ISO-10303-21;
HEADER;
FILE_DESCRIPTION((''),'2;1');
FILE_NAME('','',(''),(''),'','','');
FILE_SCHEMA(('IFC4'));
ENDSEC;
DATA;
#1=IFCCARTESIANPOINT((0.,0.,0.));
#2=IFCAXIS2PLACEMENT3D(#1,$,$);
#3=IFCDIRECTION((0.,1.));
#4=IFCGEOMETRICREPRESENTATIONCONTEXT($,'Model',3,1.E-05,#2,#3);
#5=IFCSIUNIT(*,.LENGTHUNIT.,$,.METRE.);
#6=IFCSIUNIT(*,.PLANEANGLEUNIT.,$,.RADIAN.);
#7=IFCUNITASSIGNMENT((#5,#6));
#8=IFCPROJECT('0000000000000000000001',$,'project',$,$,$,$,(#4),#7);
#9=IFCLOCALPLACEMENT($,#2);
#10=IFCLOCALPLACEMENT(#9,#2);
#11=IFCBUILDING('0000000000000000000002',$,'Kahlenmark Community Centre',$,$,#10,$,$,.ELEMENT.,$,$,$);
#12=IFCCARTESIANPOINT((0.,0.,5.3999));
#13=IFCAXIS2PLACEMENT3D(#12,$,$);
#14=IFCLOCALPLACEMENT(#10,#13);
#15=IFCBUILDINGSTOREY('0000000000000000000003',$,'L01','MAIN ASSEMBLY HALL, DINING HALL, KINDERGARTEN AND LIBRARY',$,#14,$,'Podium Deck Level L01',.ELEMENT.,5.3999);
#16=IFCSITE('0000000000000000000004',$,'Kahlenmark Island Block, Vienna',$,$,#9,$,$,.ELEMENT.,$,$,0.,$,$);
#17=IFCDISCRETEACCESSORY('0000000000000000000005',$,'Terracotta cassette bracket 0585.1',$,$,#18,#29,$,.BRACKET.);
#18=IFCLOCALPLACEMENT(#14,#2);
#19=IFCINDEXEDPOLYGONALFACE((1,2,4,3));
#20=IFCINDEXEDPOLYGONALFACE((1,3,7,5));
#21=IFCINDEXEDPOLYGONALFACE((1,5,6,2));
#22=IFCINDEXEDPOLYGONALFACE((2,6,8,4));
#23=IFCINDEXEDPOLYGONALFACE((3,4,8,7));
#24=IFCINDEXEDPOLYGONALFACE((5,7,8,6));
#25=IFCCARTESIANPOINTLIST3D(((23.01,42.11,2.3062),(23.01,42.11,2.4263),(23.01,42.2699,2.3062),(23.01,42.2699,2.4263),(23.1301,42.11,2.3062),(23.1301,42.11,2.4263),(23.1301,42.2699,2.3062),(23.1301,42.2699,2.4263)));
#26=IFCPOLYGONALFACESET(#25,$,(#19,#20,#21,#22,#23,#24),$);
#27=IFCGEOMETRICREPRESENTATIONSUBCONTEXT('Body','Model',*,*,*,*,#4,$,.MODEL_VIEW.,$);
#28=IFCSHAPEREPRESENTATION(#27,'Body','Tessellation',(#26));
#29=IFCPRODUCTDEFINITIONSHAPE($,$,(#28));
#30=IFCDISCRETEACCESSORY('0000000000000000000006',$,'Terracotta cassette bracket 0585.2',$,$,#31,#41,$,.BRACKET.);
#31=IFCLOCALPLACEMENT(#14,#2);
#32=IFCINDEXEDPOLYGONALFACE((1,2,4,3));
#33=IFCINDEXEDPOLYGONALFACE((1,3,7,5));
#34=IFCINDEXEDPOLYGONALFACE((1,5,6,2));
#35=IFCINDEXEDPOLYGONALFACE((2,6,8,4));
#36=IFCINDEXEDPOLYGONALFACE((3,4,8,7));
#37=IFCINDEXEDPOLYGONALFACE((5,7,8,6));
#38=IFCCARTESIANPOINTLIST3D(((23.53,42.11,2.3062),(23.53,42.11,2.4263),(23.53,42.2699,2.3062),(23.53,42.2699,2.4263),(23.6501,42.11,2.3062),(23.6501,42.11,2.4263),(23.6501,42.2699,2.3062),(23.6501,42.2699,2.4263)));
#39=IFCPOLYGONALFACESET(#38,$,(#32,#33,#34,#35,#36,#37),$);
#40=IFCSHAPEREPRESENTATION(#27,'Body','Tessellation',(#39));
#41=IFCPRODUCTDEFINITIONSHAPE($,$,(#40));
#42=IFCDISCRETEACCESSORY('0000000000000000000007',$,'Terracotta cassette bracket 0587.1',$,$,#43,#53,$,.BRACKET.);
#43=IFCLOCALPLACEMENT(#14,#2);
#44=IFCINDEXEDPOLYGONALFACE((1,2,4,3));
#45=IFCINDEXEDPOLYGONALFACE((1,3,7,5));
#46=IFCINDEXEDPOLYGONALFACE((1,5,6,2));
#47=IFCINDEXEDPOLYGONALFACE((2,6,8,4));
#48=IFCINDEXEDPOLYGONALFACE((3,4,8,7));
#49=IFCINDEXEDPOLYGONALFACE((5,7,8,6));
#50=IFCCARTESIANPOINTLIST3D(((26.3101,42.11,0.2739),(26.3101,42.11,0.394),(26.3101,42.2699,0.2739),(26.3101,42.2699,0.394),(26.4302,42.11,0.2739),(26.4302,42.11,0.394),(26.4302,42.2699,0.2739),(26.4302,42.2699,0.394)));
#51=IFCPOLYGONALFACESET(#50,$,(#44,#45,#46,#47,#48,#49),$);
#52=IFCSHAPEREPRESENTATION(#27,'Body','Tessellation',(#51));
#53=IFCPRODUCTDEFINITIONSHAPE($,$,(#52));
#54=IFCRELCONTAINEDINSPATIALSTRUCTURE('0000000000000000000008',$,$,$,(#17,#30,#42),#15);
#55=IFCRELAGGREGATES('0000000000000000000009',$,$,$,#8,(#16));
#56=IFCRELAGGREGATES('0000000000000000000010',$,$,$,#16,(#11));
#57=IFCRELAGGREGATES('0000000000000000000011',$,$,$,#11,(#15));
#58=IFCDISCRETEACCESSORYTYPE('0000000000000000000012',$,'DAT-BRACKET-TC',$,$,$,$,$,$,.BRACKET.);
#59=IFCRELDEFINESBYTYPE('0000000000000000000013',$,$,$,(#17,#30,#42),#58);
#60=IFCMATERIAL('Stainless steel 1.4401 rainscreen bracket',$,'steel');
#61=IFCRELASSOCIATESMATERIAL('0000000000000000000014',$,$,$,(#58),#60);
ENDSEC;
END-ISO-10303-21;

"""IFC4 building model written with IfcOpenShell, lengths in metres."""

from ifc_helpers import new_model, si_unit, direction, frame, origin, origin_2d, place, context, subcontext, project, spatial, rectangle, extrude, material, type_object, element, save


model = new_model("IFC4")

# Units and contexts
model_context = context("Model", 3, precision=1e-05, world=origin(), true_north=direction((0.0, 1.0)))
body_context = subcontext(model_context, "Body", "Model", "MODEL_VIEW")
ifc_project = project(units=[si_unit("LENGTHUNIT", "METRE"), si_unit("PLANEANGLEUNIT", "RADIAN")], contexts=[model_context])

# Site, building, storey
site_placement = place(None, origin())
site = spatial("IfcSite", under=ifc_project, at=site_placement, Name="Kahlenmark Island Block, Vienna", CompositionType="ELEMENT", RefElevation=0.0)
building_placement = place(site_placement, origin())
building = spatial("IfcBuilding", under=site, at=building_placement, Name="Kahlenmark Community Centre", CompositionType="ELEMENT")
storey_placement = place(building_placement, frame((0.0, 0.0, 5.3999)))
storey = spatial("IfcBuildingStorey", under=building, at=storey_placement, Name="L01", Description="MAIN ASSEMBLY HALL, DINING HALL, KINDERGARTEN AND LIBRARY", LongName="Podium Deck Level L01", CompositionType="ELEMENT", Elevation=5.3999)

# Discrete accessories
ifc_material_1 = material(Name="Stainless steel 1.4401 rainscreen bracket", Category="steel")
discrete_accessory_type = type_object("IfcDiscreteAccessoryType", Name="DAT-BRACKET-TC", PredefinedType="BRACKET", material=ifc_material_1)
for number, where, z_axis, x_axis, name in (
    (1, (23.0701, 42.1899, 2.3062), (0.0, 0.0, 1.0), (1.0, 0.0, 0.0), "Terracotta cassette bracket 0585.1"),
    (2, (23.5901, 42.1899, 2.3062), (0.0, 0.0, 1.0), (1.0, 0.0, 0.0), "Terracotta cassette bracket 0585.2"),
    (3, (26.3701, 42.1899, 0.2739), (0.0, 0.0, 1.0), (1.0, 0.0, 0.0), "Terracotta cassette bracket 0587.1"),
):
    element("IfcDiscreteAccessory", number, at=place(storey_placement, frame(where, z_axis=z_axis, x_axis=x_axis)), inside=storey, type_object=discrete_accessory_type, Name=name, PredefinedType="BRACKET", context=body_context, shape_type="SweptSolid", body=[
        extrude(rectangle(XDim=0.1201, YDim=0.1599, at=origin_2d()), origin(), (0.0, 0.0, 1.0), 0.1201),
    ])

save(model, "model.ifc")
